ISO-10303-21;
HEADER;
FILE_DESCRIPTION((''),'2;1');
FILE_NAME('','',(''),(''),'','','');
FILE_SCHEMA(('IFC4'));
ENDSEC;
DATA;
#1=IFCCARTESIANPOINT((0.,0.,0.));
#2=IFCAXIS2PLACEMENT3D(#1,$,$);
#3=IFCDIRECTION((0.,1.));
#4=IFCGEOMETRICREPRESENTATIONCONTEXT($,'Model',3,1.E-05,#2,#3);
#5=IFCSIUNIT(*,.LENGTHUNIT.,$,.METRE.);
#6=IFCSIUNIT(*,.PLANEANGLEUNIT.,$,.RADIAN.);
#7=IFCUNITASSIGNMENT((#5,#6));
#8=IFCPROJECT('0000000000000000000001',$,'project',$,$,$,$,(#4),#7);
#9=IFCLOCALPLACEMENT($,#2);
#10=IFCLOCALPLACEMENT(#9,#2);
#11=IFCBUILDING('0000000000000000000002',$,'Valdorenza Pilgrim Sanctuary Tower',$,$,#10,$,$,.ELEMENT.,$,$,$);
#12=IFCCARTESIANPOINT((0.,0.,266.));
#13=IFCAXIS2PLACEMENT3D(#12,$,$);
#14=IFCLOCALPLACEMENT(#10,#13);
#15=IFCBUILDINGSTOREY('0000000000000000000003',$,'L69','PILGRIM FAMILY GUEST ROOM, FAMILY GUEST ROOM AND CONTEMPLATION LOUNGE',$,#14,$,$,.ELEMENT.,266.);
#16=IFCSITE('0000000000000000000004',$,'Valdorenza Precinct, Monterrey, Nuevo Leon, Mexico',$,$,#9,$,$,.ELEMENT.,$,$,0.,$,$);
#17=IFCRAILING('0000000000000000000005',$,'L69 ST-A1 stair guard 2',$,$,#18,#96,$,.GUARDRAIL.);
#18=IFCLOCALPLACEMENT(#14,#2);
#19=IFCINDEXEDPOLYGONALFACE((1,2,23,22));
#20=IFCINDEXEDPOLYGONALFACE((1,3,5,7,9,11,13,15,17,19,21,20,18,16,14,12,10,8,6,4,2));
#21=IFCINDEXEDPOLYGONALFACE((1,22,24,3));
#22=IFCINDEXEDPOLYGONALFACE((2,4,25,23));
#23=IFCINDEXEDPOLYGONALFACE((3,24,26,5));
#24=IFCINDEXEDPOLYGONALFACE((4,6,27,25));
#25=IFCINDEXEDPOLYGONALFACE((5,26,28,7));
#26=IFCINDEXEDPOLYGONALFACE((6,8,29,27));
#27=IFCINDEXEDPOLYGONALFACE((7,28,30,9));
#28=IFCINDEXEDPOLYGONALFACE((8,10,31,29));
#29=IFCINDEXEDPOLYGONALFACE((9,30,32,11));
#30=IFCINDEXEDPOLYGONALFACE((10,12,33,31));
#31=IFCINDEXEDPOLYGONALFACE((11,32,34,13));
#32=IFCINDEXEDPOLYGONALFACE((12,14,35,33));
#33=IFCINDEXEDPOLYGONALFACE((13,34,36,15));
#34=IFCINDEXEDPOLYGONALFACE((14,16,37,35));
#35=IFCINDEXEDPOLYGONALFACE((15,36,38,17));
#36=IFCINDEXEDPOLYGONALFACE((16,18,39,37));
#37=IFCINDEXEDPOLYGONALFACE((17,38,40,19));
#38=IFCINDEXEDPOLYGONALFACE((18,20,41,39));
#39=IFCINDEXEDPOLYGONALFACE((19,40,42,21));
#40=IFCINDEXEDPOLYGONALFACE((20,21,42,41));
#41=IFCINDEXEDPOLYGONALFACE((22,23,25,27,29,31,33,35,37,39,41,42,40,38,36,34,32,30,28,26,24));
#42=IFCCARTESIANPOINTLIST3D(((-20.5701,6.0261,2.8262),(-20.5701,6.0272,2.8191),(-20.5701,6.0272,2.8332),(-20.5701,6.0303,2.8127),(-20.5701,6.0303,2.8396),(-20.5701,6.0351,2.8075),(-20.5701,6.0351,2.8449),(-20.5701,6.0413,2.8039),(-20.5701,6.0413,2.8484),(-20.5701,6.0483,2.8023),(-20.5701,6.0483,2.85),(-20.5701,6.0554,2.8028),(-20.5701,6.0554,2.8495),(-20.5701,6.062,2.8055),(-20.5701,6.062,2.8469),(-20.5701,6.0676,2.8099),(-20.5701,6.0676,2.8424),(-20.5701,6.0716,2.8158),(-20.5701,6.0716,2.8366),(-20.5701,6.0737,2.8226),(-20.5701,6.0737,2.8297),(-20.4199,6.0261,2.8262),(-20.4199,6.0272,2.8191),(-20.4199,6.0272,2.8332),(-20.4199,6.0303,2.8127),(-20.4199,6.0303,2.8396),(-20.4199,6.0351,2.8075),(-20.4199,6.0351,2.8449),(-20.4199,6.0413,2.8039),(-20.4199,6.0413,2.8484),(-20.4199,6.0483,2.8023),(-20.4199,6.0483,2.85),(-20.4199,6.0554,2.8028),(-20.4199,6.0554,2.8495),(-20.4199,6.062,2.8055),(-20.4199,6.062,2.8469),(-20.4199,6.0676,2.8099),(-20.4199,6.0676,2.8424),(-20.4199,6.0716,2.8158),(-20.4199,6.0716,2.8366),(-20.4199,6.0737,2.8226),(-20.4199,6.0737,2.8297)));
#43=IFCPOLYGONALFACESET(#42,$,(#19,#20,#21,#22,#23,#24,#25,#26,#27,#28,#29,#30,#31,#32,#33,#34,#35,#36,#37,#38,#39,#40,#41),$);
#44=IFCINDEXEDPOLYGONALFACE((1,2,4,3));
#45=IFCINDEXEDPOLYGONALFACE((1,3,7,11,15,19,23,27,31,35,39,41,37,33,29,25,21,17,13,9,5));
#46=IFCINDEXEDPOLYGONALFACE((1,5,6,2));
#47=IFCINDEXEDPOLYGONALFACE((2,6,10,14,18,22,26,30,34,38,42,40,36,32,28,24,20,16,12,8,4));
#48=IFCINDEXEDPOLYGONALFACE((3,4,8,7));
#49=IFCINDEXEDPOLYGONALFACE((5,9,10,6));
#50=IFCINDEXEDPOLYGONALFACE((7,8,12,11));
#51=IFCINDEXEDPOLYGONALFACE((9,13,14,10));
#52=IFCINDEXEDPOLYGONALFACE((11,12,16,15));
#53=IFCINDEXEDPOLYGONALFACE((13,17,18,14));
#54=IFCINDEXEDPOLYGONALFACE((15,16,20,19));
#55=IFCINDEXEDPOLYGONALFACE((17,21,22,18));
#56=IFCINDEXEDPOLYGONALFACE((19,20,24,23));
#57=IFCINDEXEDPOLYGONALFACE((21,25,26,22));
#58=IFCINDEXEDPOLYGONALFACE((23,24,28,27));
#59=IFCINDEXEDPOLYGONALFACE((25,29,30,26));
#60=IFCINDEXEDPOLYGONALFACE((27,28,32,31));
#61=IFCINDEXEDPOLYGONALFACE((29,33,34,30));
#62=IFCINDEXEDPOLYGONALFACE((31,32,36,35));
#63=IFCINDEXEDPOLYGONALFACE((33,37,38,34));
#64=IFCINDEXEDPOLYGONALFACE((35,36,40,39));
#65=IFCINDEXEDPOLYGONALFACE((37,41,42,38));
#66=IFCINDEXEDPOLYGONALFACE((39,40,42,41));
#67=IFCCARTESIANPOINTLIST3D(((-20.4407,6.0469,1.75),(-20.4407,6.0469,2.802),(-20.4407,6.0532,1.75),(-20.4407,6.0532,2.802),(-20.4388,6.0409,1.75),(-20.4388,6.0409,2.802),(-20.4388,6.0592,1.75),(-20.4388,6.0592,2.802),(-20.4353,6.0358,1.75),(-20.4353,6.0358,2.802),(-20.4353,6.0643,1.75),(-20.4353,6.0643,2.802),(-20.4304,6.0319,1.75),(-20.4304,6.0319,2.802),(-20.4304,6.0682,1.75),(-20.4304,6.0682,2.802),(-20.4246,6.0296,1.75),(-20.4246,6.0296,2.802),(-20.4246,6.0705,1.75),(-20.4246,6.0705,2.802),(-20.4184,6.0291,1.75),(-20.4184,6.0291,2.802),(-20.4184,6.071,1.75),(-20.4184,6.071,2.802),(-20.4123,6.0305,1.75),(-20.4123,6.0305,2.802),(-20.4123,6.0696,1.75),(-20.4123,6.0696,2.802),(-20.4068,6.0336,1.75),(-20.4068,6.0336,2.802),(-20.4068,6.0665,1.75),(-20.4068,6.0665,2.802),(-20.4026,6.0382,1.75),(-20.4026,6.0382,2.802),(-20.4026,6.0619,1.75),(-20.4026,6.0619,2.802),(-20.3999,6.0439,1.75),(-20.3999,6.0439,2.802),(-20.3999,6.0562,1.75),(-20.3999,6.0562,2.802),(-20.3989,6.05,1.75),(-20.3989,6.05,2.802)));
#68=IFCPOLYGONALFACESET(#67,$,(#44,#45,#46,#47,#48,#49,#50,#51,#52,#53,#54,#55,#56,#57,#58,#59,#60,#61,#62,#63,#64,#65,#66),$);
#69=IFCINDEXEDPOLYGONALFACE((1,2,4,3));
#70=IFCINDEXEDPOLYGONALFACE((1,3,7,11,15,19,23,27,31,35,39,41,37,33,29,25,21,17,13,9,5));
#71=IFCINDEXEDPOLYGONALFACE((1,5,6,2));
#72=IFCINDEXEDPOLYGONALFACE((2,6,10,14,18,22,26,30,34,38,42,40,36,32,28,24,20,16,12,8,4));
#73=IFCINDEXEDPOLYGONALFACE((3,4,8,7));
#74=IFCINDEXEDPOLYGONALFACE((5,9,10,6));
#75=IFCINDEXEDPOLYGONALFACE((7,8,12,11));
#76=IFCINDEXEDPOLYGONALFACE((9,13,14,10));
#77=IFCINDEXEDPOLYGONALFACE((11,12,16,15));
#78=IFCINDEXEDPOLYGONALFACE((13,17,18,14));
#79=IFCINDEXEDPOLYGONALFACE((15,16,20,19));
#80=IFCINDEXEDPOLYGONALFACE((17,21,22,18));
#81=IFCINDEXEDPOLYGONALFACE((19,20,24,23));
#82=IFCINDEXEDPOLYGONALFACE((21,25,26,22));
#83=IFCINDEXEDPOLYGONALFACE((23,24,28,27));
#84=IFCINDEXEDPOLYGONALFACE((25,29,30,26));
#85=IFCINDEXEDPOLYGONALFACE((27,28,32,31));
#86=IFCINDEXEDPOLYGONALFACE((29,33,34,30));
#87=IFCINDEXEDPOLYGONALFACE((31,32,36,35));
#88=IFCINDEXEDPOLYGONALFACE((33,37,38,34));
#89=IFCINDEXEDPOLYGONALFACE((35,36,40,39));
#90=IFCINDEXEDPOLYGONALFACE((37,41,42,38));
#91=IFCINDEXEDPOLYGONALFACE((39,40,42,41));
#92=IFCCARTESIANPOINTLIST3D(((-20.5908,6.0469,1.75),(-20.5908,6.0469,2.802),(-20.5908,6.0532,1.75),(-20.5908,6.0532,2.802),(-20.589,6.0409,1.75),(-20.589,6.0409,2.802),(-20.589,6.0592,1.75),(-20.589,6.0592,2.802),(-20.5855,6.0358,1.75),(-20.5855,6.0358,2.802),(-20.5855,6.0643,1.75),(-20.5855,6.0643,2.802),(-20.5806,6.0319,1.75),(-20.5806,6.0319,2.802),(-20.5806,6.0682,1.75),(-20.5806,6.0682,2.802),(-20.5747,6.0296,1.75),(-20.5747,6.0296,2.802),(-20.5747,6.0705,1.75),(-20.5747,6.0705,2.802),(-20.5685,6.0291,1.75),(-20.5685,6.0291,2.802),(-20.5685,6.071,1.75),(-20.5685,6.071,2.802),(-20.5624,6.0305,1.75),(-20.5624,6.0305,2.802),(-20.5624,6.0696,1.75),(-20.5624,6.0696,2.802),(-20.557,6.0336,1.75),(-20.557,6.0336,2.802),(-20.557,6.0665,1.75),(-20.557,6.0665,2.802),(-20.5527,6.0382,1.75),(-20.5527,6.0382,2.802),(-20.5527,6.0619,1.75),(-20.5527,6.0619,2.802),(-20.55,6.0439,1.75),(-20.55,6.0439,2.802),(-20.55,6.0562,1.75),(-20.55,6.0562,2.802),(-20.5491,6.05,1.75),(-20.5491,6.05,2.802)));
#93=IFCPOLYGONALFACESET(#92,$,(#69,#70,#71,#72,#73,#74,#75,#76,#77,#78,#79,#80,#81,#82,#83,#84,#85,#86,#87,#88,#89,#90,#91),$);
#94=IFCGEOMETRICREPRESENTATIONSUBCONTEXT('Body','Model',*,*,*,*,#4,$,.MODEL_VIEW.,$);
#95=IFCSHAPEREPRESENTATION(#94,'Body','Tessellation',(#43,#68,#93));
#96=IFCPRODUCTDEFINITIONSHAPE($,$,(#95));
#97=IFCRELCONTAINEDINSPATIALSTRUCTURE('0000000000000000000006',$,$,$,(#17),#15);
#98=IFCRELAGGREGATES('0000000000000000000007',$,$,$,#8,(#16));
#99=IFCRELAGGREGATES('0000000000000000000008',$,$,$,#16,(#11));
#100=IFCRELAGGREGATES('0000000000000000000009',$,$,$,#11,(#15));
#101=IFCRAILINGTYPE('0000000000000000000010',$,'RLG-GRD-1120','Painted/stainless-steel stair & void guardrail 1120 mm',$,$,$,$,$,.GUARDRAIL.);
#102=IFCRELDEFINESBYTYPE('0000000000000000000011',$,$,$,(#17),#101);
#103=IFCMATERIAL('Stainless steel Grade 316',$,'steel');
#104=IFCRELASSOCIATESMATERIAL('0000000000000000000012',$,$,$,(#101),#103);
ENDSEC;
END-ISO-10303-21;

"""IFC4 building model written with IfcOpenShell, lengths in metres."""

from ifc_helpers import new_model, si_unit, direction, frame, origin, origin_2d, place, context, subcontext, project, spatial, circle, extrude, material, type_object, element, save


model = new_model("IFC4")

# Units and contexts
model_context = context("Model", 3, precision=1e-05, world=origin(), true_north=direction((0.0, 1.0)))
body_context = subcontext(model_context, "Body", "Model", "MODEL_VIEW")
ifc_project = project(units=[si_unit("LENGTHUNIT", "METRE"), si_unit("PLANEANGLEUNIT", "RADIAN")], contexts=[model_context])

# Site, building, storey
site_placement = place(None, origin())
site = spatial("IfcSite", under=ifc_project, at=site_placement, Name="Valdorenza Precinct, Monterrey, Nuevo Leon, Mexico", CompositionType="ELEMENT", RefElevation=0.0)
building_placement = place(site_placement, origin())
building = spatial("IfcBuilding", under=site, at=building_placement, Name="Valdorenza Pilgrim Sanctuary Tower", CompositionType="ELEMENT")
storey_placement = place(building_placement, frame((0.0, 0.0, 266.0)))
storey = spatial("IfcBuildingStorey", under=building, at=storey_placement, Name="L69", Description="PILGRIM FAMILY GUEST ROOM, FAMILY GUEST ROOM AND CONTEMPLATION LOUNGE", CompositionType="ELEMENT", Elevation=266.0)

# Railing
ifc_material_1 = material(Name="Stainless steel Grade 316", Category="steel")
railing_type_1 = type_object("IfcRailingType", Name="RLG-GRD-1120", Description="Painted/stainless-steel stair & void guardrail 1120 mm", PredefinedType="GUARDRAIL", material=ifc_material_1)
railing_1_placement = place(storey_placement, frame((-20.4199, 6.05, 1.75)))
element("IfcRailing", 1, at=railing_1_placement, inside=storey, type_object=railing_type_1, Name="L69 ST-A1 stair guard 2", PredefinedType="GUARDRAIL", context=body_context, shape_type="SweptSolid", body=[
    extrude(circle(Radius=0.0239, at=origin_2d()), frame((0.0, 0.0, 1.0762), z_axis=(-1.0, 0.0, 0.0), x_axis=(0.0, -1.0, 0.0)), (0.0, 0.0, 1.0), 0.1501),
    extrude(circle(Radius=0.021, at=origin_2d()), origin(), (0.0, 0.0, 1.0), 1.052),
    extrude(circle(Radius=0.021, at=origin_2d()), frame((-0.1501, 0.0, 0.0)), (0.0, 0.0, 1.0), 1.052),
])

save(model, "model.ifc")
